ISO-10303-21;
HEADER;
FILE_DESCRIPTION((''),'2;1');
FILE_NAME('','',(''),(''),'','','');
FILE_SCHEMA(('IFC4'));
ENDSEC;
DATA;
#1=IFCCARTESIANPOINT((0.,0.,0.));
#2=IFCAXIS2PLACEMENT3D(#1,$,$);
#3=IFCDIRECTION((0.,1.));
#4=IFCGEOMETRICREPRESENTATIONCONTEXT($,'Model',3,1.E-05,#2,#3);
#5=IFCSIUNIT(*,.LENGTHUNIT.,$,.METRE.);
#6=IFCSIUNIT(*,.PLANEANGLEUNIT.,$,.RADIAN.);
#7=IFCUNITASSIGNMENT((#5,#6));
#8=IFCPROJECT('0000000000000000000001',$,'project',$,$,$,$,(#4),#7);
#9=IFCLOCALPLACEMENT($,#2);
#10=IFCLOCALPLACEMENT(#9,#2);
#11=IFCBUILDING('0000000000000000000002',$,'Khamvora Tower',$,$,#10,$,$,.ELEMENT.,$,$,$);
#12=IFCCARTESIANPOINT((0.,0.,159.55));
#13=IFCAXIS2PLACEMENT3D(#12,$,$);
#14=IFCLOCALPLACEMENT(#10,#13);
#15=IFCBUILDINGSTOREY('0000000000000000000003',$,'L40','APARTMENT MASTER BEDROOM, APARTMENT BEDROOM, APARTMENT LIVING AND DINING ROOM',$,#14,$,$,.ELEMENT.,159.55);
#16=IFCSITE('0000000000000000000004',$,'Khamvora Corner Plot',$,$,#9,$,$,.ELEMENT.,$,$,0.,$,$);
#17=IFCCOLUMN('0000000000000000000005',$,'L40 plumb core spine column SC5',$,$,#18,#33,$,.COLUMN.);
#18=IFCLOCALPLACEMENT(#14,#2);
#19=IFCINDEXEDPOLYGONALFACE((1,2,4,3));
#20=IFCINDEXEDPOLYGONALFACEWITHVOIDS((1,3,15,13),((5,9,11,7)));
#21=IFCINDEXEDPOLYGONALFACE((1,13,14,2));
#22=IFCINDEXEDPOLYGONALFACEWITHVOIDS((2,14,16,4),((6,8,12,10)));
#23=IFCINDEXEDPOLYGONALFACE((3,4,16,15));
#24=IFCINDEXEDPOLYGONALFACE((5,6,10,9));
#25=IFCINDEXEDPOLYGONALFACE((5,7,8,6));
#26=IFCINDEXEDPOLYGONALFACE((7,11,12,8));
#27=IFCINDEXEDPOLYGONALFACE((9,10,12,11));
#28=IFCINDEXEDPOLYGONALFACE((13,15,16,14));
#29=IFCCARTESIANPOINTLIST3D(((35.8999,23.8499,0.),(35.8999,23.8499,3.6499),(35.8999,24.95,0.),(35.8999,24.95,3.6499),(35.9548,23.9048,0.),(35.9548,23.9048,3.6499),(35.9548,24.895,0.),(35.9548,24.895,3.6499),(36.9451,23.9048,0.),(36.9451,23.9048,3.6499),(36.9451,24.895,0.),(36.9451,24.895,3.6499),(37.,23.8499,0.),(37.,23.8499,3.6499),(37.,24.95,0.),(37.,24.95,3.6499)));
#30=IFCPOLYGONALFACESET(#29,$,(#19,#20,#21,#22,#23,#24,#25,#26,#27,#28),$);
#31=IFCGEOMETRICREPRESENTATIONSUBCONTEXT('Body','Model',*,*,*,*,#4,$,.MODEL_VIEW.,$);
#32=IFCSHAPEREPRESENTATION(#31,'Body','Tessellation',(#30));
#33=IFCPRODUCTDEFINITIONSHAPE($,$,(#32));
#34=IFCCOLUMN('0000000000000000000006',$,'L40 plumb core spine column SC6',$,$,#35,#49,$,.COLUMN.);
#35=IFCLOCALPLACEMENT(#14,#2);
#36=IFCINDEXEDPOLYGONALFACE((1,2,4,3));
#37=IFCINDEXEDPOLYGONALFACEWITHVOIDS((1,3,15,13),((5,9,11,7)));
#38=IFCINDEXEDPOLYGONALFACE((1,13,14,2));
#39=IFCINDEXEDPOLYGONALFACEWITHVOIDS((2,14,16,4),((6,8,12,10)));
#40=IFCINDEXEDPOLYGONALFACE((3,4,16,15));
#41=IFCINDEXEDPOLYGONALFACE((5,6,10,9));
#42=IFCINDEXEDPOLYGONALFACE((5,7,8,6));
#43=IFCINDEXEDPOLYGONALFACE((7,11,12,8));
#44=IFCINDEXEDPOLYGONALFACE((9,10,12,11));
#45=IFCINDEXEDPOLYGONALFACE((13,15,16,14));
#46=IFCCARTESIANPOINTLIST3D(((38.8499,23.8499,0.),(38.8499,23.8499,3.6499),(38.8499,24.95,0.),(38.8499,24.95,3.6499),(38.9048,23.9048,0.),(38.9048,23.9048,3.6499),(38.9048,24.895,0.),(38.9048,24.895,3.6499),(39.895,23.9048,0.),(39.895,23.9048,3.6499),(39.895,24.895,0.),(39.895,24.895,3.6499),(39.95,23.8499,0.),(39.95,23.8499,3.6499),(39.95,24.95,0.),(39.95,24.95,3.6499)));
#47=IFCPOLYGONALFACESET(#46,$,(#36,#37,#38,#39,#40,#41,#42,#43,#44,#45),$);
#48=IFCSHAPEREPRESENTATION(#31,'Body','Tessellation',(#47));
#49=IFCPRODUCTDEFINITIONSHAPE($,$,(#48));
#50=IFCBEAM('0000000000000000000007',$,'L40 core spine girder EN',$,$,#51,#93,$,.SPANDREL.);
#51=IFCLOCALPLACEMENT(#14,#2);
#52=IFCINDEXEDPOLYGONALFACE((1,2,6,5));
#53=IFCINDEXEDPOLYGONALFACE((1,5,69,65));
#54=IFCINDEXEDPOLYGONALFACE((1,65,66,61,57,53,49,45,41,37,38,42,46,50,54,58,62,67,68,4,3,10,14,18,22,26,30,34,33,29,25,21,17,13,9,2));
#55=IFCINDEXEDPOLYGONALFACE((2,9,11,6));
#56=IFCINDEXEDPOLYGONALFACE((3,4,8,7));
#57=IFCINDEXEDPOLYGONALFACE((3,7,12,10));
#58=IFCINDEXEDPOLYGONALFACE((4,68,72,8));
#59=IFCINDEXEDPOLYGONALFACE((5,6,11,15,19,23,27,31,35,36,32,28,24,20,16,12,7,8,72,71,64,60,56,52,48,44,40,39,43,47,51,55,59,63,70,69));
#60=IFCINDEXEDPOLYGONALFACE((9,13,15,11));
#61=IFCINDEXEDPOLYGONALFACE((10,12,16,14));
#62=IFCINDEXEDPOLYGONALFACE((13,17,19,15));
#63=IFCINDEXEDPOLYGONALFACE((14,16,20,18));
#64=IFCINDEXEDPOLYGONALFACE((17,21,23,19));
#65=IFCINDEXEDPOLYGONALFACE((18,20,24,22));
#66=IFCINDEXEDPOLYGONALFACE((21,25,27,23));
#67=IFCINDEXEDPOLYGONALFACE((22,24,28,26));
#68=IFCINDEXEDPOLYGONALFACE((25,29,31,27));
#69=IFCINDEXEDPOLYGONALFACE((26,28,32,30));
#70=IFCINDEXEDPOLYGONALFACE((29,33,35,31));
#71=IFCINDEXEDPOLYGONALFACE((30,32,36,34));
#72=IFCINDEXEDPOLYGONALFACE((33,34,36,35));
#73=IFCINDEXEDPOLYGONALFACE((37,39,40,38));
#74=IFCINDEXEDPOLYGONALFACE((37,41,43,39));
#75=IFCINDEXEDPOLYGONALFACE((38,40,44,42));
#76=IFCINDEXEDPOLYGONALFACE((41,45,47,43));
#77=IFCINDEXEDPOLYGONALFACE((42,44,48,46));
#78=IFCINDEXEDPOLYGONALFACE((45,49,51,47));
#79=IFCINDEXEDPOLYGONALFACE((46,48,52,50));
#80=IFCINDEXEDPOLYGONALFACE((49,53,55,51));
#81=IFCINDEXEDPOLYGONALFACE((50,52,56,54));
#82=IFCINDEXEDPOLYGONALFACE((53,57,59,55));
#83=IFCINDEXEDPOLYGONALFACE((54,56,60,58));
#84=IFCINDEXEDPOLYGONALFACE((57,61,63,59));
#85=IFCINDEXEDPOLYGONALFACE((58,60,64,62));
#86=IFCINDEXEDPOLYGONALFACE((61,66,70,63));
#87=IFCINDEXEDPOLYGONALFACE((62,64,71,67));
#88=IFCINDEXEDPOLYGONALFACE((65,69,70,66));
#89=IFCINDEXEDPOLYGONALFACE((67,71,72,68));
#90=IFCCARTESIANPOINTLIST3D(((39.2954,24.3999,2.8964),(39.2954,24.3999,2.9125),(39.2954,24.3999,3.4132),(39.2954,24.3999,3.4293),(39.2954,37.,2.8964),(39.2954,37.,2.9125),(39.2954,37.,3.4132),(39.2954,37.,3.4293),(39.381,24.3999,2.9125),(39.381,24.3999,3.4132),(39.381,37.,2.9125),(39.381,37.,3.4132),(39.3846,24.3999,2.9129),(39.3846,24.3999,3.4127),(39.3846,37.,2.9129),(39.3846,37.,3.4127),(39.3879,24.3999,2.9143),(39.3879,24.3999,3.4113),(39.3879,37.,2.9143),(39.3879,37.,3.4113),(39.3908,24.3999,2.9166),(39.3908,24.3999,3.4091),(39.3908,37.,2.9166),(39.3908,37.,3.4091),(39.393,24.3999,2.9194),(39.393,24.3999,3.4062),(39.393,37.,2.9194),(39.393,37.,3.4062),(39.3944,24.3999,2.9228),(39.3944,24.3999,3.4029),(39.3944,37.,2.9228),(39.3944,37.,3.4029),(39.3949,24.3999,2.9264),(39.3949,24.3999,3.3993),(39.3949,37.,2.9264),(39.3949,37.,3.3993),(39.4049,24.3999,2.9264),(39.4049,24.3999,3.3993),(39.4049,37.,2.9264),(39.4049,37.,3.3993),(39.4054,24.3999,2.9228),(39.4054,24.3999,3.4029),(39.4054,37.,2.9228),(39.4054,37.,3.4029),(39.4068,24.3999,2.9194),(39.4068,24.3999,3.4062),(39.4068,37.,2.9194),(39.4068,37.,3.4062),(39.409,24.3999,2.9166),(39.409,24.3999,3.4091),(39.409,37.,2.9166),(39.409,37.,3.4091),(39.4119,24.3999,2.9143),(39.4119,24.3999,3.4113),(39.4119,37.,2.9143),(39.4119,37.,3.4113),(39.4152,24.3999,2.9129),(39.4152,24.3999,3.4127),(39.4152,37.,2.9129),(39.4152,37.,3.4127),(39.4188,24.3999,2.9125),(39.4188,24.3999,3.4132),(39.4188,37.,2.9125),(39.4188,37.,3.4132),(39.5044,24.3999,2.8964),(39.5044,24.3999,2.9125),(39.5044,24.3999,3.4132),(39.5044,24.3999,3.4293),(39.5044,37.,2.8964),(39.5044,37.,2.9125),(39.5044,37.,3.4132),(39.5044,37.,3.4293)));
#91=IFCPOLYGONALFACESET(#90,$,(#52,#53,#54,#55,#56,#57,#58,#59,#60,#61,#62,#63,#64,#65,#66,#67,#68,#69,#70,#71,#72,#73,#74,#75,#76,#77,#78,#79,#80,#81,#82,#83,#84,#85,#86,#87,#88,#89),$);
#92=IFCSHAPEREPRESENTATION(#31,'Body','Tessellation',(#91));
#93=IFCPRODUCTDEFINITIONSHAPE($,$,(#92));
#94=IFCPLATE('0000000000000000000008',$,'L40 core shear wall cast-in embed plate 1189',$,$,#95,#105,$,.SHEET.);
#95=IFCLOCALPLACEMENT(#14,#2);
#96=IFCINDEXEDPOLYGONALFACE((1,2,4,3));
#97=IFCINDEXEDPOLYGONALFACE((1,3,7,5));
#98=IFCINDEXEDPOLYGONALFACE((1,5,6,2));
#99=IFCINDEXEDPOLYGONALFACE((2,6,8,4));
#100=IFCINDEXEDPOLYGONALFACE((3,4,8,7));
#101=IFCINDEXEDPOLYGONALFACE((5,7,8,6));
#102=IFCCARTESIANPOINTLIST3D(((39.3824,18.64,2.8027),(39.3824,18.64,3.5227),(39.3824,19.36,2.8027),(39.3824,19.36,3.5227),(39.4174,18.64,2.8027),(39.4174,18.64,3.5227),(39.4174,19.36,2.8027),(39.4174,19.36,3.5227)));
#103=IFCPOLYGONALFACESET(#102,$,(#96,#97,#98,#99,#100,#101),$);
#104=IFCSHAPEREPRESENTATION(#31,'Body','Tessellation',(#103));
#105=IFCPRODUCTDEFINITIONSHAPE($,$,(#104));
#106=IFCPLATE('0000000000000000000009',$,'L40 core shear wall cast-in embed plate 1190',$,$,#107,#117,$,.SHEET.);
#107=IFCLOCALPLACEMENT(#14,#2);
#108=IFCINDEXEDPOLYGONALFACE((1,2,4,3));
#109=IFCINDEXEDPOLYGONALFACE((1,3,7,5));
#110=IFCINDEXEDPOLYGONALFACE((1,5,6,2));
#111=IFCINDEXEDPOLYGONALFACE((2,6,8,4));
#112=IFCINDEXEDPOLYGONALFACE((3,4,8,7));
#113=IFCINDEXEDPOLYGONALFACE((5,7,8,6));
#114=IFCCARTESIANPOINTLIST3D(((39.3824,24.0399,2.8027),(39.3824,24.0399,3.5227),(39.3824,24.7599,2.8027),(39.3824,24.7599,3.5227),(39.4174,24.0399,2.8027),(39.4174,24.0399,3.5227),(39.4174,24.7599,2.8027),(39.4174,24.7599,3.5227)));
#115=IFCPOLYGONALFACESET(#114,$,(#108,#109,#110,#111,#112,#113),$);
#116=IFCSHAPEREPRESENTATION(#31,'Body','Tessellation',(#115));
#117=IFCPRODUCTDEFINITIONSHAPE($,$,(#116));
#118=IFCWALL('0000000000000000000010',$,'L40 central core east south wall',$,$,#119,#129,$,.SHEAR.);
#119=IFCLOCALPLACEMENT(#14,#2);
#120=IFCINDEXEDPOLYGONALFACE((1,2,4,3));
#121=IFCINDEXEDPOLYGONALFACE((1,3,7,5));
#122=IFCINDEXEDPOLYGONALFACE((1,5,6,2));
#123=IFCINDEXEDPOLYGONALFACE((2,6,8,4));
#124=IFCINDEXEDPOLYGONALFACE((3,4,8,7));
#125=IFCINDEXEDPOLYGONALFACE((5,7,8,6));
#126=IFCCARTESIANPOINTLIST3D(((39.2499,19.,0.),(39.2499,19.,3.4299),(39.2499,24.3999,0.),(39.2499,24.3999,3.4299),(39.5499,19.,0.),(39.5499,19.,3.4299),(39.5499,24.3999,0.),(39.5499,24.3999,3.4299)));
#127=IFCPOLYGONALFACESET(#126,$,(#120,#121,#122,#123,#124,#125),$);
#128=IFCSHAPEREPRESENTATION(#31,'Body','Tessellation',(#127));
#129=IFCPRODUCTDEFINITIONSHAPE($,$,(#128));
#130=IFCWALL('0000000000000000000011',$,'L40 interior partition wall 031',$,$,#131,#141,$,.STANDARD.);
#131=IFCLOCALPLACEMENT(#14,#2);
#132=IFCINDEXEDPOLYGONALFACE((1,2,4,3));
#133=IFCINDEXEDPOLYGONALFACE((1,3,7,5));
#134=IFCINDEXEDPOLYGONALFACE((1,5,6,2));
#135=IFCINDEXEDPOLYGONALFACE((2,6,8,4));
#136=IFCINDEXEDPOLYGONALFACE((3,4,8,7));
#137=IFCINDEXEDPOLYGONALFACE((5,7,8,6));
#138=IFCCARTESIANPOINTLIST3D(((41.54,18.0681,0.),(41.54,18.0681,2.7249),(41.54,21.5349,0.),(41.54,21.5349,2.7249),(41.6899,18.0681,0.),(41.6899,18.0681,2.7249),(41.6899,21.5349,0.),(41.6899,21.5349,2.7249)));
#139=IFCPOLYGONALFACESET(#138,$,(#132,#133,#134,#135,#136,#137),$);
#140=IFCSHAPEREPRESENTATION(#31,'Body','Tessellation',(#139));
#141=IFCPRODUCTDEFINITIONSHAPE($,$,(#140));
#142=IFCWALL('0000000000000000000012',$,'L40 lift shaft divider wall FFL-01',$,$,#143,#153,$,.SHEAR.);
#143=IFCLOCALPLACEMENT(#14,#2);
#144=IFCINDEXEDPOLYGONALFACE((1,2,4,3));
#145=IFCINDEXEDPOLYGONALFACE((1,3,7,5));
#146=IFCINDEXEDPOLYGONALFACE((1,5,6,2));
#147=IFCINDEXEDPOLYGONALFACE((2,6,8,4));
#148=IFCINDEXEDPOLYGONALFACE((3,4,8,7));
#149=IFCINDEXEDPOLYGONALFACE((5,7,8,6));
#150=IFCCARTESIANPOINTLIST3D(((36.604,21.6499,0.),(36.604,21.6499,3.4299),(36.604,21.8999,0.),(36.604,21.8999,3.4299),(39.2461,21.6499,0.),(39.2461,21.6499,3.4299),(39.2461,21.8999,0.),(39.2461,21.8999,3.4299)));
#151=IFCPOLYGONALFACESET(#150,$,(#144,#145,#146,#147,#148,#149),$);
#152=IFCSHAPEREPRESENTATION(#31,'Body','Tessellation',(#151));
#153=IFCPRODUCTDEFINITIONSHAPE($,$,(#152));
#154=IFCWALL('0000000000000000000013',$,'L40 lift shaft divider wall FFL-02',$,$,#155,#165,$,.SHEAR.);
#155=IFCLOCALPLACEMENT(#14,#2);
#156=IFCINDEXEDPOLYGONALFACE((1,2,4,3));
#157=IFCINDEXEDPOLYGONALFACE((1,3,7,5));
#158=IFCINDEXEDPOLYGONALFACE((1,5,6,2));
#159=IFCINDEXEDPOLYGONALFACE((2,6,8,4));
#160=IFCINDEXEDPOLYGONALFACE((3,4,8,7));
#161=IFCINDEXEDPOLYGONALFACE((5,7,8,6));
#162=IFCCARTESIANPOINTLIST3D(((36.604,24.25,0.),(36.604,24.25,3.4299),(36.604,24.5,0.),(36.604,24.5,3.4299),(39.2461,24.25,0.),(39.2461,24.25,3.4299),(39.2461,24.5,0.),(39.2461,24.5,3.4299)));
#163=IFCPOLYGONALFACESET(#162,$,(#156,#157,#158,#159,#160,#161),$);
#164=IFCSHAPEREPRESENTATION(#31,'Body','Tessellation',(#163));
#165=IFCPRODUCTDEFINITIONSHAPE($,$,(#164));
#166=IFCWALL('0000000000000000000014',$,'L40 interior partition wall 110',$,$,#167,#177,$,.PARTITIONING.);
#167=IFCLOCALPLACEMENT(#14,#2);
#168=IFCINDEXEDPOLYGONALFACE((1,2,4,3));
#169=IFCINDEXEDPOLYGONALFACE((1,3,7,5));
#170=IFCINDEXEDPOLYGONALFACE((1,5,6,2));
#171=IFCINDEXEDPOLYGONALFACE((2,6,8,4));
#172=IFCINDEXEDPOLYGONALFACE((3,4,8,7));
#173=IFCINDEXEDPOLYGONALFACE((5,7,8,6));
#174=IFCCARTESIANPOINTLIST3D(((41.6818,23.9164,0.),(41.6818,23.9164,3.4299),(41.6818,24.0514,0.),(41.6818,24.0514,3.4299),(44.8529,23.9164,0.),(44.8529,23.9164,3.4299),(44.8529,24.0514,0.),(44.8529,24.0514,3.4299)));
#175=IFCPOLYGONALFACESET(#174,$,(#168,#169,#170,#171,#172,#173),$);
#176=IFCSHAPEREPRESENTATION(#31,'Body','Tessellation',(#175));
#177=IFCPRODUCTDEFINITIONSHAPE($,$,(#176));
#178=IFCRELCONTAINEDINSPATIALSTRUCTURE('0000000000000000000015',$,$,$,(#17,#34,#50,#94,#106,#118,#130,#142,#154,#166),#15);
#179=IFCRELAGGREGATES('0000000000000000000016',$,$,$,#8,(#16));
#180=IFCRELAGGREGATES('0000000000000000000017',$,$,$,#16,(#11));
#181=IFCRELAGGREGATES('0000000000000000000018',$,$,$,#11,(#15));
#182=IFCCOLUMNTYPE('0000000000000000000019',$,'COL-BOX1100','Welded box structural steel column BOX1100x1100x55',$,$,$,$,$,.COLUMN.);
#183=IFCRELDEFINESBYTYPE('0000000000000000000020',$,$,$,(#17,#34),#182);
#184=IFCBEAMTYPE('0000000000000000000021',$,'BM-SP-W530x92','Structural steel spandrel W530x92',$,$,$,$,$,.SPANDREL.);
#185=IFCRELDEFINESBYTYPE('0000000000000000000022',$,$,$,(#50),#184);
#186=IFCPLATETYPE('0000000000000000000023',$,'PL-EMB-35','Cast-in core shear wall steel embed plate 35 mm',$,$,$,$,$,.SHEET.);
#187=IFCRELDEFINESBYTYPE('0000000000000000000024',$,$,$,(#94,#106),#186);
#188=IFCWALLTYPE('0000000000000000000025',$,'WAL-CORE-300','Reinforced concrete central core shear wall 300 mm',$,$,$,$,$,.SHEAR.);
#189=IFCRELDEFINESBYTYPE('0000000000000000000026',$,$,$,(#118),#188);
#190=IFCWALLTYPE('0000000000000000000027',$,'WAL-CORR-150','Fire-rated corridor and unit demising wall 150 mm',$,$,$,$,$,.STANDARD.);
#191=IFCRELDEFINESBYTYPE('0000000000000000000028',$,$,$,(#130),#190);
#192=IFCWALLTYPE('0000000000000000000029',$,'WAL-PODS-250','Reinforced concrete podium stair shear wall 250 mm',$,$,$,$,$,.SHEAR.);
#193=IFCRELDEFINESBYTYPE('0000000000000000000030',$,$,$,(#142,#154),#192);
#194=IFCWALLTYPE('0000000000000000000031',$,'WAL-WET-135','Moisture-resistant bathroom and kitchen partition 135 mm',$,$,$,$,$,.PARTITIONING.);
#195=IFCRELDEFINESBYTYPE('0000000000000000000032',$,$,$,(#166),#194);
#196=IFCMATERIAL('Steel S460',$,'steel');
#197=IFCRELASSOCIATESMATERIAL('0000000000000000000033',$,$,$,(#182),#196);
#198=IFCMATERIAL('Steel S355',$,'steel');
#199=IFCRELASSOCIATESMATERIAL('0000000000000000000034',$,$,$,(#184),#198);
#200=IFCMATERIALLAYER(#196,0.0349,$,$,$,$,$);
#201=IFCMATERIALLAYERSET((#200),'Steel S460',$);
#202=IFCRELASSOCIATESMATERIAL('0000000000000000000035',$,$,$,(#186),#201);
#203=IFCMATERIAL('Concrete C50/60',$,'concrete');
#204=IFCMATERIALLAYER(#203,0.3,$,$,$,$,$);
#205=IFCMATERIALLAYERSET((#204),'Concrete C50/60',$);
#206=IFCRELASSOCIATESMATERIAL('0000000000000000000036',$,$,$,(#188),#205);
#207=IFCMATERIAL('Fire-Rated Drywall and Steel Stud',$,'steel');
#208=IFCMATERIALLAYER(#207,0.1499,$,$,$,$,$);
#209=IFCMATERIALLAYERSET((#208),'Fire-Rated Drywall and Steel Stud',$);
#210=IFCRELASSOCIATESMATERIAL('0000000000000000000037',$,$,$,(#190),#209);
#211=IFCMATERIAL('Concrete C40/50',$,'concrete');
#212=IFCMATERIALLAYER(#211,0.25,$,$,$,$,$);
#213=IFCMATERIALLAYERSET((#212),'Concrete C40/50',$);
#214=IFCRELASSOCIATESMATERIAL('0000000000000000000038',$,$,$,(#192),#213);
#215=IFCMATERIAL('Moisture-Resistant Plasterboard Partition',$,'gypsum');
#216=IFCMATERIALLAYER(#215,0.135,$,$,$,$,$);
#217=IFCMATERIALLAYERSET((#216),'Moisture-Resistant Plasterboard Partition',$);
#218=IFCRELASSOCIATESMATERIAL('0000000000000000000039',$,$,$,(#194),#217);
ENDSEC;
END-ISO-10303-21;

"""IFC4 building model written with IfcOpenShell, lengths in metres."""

from ifc_helpers import new_model, si_unit, direction, frame, frame_2d, origin, origin_2d, place, context, subcontext, project, spatial, rectangle, hollow_rectangle, i_section, extrude, material, layer, layer_set, material_profile, profile_set, type_object, element, save


model = new_model("IFC4")

# Units and contexts
model_context = context("Model", 3, precision=1e-05, world=origin(), true_north=direction((0.0, 1.0)))
body_context = subcontext(model_context, "Body", "Model", "MODEL_VIEW")
ifc_project = project(units=[si_unit("LENGTHUNIT", "METRE"), si_unit("PLANEANGLEUNIT", "RADIAN")], contexts=[model_context])

# Site, building, storey
site_placement = place(None, origin())
site = spatial("IfcSite", under=ifc_project, at=site_placement, Name="Khamvora Corner Plot", CompositionType="ELEMENT", RefElevation=0.0)
building_placement = place(site_placement, origin())
building = spatial("IfcBuilding", under=site, at=building_placement, Name="Khamvora Tower", CompositionType="ELEMENT")
storey_placement = place(building_placement, frame((0.0, 0.0, 159.55)))
storey = spatial("IfcBuildingStorey", under=building, at=storey_placement, Name="L40", Description="APARTMENT MASTER BEDROOM, APARTMENT BEDROOM, APARTMENT LIVING AND DINING ROOM", CompositionType="ELEMENT", Elevation=159.55)

# Columns
ifc_material_1 = material(Name="Steel S460", Category="steel")
ifc_material_profile_1 = material_profile(ifc_material_1, hollow_rectangle(XDim=1.1001, YDim=1.1001, WallThickness=0.0549, at=origin_2d()), Name="BOX1100x1100x55")
ifc_profile_set_1 = profile_set([ifc_material_profile_1], Name="Steel S460")
column_type = type_object("IfcColumnType", Name="COL-BOX1100", Description="Welded box structural steel column BOX1100x1100x55", PredefinedType="COLUMN", material=ifc_profile_set_1)
for number, where, z_axis, x_axis, name in (
    (1, (36.45, 24.3999, 0.0), (0.0, 0.0, 1.0), (1.0, 0.0, 0.0), "L40 plumb core spine column SC5"),
    (2, (39.3999, 24.3999, 0.0), (0.0, 0.0, 1.0), (1.0, 0.0, 0.0), "L40 plumb core spine column SC6"),
):
    element("IfcColumn", number, at=place(storey_placement, frame(where, z_axis=z_axis, x_axis=x_axis)), inside=storey, type_object=column_type, Name=name, PredefinedType="COLUMN", context=body_context, shape_type="SweptSolid", body=[
        extrude(hollow_rectangle(XDim=1.1001, YDim=1.1001, WallThickness=0.0549, at=origin_2d()), origin(), (0.0, 0.0, 1.0), 3.6499),
    ])

# Beam
ifc_material_2 = material(Name="Steel S355", Category="steel")
ifc_material_profile_2 = material_profile(ifc_material_2, i_section(OverallWidth=0.209, OverallDepth=0.533, WebThickness=0.01, FlangeThickness=0.0161, FilletRadius=0.0139, at=origin_2d()), Name="W530x92")
ifc_profile_set_2 = profile_set([ifc_material_profile_2], Name="Steel S355")
beam_type = type_object("IfcBeamType", Name="BM-SP-W530x92", Description="Structural steel spandrel W530x92", PredefinedType="SPANDREL", material=ifc_profile_set_2)
beam_placement = place(storey_placement, frame((39.3999, 24.3999, 3.1628), z_axis=(0.0, 1.0, 0.0), x_axis=(-1.0, 0.0, 0.0)))
element("IfcBeam", 3, at=beam_placement, inside=storey, type_object=beam_type, Name="L40 core spine girder EN", PredefinedType="SPANDREL", context=body_context, shape_type="SweptSolid", body=[
    extrude(i_section(OverallWidth=0.209, OverallDepth=0.533, WebThickness=0.01, FlangeThickness=0.0161, FilletRadius=0.0139, at=origin_2d()), origin(), (0.0, 0.0, 1.0), 12.6001),
])

# Plates
ifc_layer_1 = layer(ifc_material_1, 0.0349)
ifc_layer_set_1 = layer_set([ifc_layer_1], Name="Steel S460")
plate_type = type_object("IfcPlateType", Name="PL-EMB-35", Description="Cast-in core shear wall steel embed plate 35 mm", PredefinedType="SHEET", material=ifc_layer_set_1)
for number, where, z_axis, x_axis, name in (
    (4, (39.3999, 19.0, 2.8027), (0.0, 0.0, 1.0), (1.0, 0.0, 0.0), "L40 core shear wall cast-in embed plate 1189"),
    (5, (39.3999, 24.3999, 2.8027), (0.0, 0.0, 1.0), (1.0, 0.0, 0.0), "L40 core shear wall cast-in embed plate 1190"),
):
    element("IfcPlate", number, at=place(storey_placement, frame(where, z_axis=z_axis, x_axis=x_axis)), inside=storey, type_object=plate_type, Name=name, PredefinedType="SHEET", context=body_context, shape_type="SweptSolid", body=[
        extrude(rectangle(XDim=0.0349, YDim=0.72, at=origin_2d()), origin(), (0.0, 0.0, 1.0), 0.72),
    ])

# Wall
ifc_material_3 = material(Name="Concrete C50/60", Category="concrete")
ifc_layer_2 = layer(ifc_material_3, 0.3)
ifc_layer_set_2 = layer_set([ifc_layer_2], Name="Concrete C50/60")
wall_type_1 = type_object("IfcWallType", Name="WAL-CORE-300", Description="Reinforced concrete central core shear wall 300 mm", PredefinedType="SHEAR", material=ifc_layer_set_2)
wall_1_placement = place(storey_placement, frame((39.3999, 19.0, 0.0), z_axis=(0.0, 0.0, 1.0), x_axis=(0.0, 1.0, 0.0)))
element("IfcWall", 6, at=wall_1_placement, inside=storey, type_object=wall_type_1, Name="L40 central core east south wall", PredefinedType="SHEAR", context=body_context, shape_type="SweptSolid", body=[
    extrude(rectangle(XDim=5.3999, YDim=0.3, at=frame_2d((2.7, 0.0))), origin(), (0.0, 0.0, 1.0), 3.4299),
])

# Shared definitions
ifc_material_4 = material(Name="Fire-Rated Drywall and Steel Stud", Category="steel")
ifc_layer_3 = layer(ifc_material_4, 0.1499)
ifc_layer_set_3 = layer_set([ifc_layer_3], Name="Fire-Rated Drywall and Steel Stud")
wall_type_2 = type_object("IfcWallType", Name="WAL-CORR-150", Description="Fire-rated corridor and unit demising wall 150 mm", PredefinedType="STANDARD", material=ifc_layer_set_3)

# Walls
wall_2_placement = place(storey_placement, frame((41.615, 21.5349, 0.0), z_axis=(0.0, 0.0, 1.0), x_axis=(0.0, -1.0, 0.0)))
element("IfcWall", 7, at=wall_2_placement, inside=storey, type_object=wall_type_2, Name="L40 interior partition wall 031", PredefinedType="STANDARD", context=body_context, shape_type="SweptSolid", body=[
    extrude(rectangle(XDim=3.4668, YDim=0.1499, at=frame_2d((1.7334, 0.0))), origin(), (0.0, 0.0, 1.0), 2.7249),
])
ifc_material_5 = material(Name="Concrete C40/50", Category="concrete")
ifc_layer_4 = layer(ifc_material_5, 0.25)
ifc_layer_set_4 = layer_set([ifc_layer_4], Name="Concrete C40/50")
wall_type_3 = type_object("IfcWallType", Name="WAL-PODS-250", Description="Reinforced concrete podium stair shear wall 250 mm", PredefinedType="SHEAR", material=ifc_layer_set_4)
for number, where, z_axis, x_axis, name in (
    (8, (36.604, 21.7749, 0.0), (0.0, 0.0, 1.0), (1.0, 0.0, 0.0), "L40 lift shaft divider wall FFL-01"),
    (9, (36.604, 24.375, 0.0), (0.0, 0.0, 1.0), (1.0, 0.0, 0.0), "L40 lift shaft divider wall FFL-02"),
):
    element("IfcWall", number, at=place(storey_placement, frame(where, z_axis=z_axis, x_axis=x_axis)), inside=storey, type_object=wall_type_3, Name=name, PredefinedType="SHEAR", context=body_context, shape_type="SweptSolid", body=[
        extrude(rectangle(XDim=2.6421, YDim=0.25, at=frame_2d((1.321, 0.0))), origin(), (0.0, 0.0, 1.0), 3.4299),
    ])
ifc_material_6 = material(Name="Moisture-Resistant Plasterboard Partition", Category="gypsum")
ifc_layer_5 = layer(ifc_material_6, 0.135)
ifc_layer_set_5 = layer_set([ifc_layer_5], Name="Moisture-Resistant Plasterboard Partition")
wall_type_4 = type_object("IfcWallType", Name="WAL-WET-135", Description="Moisture-resistant bathroom and kitchen partition 135 mm", PredefinedType="PARTITIONING", material=ifc_layer_set_5)
wall_3_placement = place(storey_placement, frame((41.6819, 23.9839, 0.0), z_axis=(0.0, 0.0, 1.0), x_axis=(1.0, 0.0, 0.0)))
element("IfcWall", 10, at=wall_3_placement, inside=storey, type_object=wall_type_4, Name="L40 interior partition wall 110", PredefinedType="PARTITIONING", context=body_context, shape_type="SweptSolid", body=[
    extrude(rectangle(XDim=3.1711, YDim=0.135, at=frame_2d((1.5854, 0.0))), origin(), (0.0, 0.0, 1.0), 3.4299),
])

save(model, "model.ifc")
